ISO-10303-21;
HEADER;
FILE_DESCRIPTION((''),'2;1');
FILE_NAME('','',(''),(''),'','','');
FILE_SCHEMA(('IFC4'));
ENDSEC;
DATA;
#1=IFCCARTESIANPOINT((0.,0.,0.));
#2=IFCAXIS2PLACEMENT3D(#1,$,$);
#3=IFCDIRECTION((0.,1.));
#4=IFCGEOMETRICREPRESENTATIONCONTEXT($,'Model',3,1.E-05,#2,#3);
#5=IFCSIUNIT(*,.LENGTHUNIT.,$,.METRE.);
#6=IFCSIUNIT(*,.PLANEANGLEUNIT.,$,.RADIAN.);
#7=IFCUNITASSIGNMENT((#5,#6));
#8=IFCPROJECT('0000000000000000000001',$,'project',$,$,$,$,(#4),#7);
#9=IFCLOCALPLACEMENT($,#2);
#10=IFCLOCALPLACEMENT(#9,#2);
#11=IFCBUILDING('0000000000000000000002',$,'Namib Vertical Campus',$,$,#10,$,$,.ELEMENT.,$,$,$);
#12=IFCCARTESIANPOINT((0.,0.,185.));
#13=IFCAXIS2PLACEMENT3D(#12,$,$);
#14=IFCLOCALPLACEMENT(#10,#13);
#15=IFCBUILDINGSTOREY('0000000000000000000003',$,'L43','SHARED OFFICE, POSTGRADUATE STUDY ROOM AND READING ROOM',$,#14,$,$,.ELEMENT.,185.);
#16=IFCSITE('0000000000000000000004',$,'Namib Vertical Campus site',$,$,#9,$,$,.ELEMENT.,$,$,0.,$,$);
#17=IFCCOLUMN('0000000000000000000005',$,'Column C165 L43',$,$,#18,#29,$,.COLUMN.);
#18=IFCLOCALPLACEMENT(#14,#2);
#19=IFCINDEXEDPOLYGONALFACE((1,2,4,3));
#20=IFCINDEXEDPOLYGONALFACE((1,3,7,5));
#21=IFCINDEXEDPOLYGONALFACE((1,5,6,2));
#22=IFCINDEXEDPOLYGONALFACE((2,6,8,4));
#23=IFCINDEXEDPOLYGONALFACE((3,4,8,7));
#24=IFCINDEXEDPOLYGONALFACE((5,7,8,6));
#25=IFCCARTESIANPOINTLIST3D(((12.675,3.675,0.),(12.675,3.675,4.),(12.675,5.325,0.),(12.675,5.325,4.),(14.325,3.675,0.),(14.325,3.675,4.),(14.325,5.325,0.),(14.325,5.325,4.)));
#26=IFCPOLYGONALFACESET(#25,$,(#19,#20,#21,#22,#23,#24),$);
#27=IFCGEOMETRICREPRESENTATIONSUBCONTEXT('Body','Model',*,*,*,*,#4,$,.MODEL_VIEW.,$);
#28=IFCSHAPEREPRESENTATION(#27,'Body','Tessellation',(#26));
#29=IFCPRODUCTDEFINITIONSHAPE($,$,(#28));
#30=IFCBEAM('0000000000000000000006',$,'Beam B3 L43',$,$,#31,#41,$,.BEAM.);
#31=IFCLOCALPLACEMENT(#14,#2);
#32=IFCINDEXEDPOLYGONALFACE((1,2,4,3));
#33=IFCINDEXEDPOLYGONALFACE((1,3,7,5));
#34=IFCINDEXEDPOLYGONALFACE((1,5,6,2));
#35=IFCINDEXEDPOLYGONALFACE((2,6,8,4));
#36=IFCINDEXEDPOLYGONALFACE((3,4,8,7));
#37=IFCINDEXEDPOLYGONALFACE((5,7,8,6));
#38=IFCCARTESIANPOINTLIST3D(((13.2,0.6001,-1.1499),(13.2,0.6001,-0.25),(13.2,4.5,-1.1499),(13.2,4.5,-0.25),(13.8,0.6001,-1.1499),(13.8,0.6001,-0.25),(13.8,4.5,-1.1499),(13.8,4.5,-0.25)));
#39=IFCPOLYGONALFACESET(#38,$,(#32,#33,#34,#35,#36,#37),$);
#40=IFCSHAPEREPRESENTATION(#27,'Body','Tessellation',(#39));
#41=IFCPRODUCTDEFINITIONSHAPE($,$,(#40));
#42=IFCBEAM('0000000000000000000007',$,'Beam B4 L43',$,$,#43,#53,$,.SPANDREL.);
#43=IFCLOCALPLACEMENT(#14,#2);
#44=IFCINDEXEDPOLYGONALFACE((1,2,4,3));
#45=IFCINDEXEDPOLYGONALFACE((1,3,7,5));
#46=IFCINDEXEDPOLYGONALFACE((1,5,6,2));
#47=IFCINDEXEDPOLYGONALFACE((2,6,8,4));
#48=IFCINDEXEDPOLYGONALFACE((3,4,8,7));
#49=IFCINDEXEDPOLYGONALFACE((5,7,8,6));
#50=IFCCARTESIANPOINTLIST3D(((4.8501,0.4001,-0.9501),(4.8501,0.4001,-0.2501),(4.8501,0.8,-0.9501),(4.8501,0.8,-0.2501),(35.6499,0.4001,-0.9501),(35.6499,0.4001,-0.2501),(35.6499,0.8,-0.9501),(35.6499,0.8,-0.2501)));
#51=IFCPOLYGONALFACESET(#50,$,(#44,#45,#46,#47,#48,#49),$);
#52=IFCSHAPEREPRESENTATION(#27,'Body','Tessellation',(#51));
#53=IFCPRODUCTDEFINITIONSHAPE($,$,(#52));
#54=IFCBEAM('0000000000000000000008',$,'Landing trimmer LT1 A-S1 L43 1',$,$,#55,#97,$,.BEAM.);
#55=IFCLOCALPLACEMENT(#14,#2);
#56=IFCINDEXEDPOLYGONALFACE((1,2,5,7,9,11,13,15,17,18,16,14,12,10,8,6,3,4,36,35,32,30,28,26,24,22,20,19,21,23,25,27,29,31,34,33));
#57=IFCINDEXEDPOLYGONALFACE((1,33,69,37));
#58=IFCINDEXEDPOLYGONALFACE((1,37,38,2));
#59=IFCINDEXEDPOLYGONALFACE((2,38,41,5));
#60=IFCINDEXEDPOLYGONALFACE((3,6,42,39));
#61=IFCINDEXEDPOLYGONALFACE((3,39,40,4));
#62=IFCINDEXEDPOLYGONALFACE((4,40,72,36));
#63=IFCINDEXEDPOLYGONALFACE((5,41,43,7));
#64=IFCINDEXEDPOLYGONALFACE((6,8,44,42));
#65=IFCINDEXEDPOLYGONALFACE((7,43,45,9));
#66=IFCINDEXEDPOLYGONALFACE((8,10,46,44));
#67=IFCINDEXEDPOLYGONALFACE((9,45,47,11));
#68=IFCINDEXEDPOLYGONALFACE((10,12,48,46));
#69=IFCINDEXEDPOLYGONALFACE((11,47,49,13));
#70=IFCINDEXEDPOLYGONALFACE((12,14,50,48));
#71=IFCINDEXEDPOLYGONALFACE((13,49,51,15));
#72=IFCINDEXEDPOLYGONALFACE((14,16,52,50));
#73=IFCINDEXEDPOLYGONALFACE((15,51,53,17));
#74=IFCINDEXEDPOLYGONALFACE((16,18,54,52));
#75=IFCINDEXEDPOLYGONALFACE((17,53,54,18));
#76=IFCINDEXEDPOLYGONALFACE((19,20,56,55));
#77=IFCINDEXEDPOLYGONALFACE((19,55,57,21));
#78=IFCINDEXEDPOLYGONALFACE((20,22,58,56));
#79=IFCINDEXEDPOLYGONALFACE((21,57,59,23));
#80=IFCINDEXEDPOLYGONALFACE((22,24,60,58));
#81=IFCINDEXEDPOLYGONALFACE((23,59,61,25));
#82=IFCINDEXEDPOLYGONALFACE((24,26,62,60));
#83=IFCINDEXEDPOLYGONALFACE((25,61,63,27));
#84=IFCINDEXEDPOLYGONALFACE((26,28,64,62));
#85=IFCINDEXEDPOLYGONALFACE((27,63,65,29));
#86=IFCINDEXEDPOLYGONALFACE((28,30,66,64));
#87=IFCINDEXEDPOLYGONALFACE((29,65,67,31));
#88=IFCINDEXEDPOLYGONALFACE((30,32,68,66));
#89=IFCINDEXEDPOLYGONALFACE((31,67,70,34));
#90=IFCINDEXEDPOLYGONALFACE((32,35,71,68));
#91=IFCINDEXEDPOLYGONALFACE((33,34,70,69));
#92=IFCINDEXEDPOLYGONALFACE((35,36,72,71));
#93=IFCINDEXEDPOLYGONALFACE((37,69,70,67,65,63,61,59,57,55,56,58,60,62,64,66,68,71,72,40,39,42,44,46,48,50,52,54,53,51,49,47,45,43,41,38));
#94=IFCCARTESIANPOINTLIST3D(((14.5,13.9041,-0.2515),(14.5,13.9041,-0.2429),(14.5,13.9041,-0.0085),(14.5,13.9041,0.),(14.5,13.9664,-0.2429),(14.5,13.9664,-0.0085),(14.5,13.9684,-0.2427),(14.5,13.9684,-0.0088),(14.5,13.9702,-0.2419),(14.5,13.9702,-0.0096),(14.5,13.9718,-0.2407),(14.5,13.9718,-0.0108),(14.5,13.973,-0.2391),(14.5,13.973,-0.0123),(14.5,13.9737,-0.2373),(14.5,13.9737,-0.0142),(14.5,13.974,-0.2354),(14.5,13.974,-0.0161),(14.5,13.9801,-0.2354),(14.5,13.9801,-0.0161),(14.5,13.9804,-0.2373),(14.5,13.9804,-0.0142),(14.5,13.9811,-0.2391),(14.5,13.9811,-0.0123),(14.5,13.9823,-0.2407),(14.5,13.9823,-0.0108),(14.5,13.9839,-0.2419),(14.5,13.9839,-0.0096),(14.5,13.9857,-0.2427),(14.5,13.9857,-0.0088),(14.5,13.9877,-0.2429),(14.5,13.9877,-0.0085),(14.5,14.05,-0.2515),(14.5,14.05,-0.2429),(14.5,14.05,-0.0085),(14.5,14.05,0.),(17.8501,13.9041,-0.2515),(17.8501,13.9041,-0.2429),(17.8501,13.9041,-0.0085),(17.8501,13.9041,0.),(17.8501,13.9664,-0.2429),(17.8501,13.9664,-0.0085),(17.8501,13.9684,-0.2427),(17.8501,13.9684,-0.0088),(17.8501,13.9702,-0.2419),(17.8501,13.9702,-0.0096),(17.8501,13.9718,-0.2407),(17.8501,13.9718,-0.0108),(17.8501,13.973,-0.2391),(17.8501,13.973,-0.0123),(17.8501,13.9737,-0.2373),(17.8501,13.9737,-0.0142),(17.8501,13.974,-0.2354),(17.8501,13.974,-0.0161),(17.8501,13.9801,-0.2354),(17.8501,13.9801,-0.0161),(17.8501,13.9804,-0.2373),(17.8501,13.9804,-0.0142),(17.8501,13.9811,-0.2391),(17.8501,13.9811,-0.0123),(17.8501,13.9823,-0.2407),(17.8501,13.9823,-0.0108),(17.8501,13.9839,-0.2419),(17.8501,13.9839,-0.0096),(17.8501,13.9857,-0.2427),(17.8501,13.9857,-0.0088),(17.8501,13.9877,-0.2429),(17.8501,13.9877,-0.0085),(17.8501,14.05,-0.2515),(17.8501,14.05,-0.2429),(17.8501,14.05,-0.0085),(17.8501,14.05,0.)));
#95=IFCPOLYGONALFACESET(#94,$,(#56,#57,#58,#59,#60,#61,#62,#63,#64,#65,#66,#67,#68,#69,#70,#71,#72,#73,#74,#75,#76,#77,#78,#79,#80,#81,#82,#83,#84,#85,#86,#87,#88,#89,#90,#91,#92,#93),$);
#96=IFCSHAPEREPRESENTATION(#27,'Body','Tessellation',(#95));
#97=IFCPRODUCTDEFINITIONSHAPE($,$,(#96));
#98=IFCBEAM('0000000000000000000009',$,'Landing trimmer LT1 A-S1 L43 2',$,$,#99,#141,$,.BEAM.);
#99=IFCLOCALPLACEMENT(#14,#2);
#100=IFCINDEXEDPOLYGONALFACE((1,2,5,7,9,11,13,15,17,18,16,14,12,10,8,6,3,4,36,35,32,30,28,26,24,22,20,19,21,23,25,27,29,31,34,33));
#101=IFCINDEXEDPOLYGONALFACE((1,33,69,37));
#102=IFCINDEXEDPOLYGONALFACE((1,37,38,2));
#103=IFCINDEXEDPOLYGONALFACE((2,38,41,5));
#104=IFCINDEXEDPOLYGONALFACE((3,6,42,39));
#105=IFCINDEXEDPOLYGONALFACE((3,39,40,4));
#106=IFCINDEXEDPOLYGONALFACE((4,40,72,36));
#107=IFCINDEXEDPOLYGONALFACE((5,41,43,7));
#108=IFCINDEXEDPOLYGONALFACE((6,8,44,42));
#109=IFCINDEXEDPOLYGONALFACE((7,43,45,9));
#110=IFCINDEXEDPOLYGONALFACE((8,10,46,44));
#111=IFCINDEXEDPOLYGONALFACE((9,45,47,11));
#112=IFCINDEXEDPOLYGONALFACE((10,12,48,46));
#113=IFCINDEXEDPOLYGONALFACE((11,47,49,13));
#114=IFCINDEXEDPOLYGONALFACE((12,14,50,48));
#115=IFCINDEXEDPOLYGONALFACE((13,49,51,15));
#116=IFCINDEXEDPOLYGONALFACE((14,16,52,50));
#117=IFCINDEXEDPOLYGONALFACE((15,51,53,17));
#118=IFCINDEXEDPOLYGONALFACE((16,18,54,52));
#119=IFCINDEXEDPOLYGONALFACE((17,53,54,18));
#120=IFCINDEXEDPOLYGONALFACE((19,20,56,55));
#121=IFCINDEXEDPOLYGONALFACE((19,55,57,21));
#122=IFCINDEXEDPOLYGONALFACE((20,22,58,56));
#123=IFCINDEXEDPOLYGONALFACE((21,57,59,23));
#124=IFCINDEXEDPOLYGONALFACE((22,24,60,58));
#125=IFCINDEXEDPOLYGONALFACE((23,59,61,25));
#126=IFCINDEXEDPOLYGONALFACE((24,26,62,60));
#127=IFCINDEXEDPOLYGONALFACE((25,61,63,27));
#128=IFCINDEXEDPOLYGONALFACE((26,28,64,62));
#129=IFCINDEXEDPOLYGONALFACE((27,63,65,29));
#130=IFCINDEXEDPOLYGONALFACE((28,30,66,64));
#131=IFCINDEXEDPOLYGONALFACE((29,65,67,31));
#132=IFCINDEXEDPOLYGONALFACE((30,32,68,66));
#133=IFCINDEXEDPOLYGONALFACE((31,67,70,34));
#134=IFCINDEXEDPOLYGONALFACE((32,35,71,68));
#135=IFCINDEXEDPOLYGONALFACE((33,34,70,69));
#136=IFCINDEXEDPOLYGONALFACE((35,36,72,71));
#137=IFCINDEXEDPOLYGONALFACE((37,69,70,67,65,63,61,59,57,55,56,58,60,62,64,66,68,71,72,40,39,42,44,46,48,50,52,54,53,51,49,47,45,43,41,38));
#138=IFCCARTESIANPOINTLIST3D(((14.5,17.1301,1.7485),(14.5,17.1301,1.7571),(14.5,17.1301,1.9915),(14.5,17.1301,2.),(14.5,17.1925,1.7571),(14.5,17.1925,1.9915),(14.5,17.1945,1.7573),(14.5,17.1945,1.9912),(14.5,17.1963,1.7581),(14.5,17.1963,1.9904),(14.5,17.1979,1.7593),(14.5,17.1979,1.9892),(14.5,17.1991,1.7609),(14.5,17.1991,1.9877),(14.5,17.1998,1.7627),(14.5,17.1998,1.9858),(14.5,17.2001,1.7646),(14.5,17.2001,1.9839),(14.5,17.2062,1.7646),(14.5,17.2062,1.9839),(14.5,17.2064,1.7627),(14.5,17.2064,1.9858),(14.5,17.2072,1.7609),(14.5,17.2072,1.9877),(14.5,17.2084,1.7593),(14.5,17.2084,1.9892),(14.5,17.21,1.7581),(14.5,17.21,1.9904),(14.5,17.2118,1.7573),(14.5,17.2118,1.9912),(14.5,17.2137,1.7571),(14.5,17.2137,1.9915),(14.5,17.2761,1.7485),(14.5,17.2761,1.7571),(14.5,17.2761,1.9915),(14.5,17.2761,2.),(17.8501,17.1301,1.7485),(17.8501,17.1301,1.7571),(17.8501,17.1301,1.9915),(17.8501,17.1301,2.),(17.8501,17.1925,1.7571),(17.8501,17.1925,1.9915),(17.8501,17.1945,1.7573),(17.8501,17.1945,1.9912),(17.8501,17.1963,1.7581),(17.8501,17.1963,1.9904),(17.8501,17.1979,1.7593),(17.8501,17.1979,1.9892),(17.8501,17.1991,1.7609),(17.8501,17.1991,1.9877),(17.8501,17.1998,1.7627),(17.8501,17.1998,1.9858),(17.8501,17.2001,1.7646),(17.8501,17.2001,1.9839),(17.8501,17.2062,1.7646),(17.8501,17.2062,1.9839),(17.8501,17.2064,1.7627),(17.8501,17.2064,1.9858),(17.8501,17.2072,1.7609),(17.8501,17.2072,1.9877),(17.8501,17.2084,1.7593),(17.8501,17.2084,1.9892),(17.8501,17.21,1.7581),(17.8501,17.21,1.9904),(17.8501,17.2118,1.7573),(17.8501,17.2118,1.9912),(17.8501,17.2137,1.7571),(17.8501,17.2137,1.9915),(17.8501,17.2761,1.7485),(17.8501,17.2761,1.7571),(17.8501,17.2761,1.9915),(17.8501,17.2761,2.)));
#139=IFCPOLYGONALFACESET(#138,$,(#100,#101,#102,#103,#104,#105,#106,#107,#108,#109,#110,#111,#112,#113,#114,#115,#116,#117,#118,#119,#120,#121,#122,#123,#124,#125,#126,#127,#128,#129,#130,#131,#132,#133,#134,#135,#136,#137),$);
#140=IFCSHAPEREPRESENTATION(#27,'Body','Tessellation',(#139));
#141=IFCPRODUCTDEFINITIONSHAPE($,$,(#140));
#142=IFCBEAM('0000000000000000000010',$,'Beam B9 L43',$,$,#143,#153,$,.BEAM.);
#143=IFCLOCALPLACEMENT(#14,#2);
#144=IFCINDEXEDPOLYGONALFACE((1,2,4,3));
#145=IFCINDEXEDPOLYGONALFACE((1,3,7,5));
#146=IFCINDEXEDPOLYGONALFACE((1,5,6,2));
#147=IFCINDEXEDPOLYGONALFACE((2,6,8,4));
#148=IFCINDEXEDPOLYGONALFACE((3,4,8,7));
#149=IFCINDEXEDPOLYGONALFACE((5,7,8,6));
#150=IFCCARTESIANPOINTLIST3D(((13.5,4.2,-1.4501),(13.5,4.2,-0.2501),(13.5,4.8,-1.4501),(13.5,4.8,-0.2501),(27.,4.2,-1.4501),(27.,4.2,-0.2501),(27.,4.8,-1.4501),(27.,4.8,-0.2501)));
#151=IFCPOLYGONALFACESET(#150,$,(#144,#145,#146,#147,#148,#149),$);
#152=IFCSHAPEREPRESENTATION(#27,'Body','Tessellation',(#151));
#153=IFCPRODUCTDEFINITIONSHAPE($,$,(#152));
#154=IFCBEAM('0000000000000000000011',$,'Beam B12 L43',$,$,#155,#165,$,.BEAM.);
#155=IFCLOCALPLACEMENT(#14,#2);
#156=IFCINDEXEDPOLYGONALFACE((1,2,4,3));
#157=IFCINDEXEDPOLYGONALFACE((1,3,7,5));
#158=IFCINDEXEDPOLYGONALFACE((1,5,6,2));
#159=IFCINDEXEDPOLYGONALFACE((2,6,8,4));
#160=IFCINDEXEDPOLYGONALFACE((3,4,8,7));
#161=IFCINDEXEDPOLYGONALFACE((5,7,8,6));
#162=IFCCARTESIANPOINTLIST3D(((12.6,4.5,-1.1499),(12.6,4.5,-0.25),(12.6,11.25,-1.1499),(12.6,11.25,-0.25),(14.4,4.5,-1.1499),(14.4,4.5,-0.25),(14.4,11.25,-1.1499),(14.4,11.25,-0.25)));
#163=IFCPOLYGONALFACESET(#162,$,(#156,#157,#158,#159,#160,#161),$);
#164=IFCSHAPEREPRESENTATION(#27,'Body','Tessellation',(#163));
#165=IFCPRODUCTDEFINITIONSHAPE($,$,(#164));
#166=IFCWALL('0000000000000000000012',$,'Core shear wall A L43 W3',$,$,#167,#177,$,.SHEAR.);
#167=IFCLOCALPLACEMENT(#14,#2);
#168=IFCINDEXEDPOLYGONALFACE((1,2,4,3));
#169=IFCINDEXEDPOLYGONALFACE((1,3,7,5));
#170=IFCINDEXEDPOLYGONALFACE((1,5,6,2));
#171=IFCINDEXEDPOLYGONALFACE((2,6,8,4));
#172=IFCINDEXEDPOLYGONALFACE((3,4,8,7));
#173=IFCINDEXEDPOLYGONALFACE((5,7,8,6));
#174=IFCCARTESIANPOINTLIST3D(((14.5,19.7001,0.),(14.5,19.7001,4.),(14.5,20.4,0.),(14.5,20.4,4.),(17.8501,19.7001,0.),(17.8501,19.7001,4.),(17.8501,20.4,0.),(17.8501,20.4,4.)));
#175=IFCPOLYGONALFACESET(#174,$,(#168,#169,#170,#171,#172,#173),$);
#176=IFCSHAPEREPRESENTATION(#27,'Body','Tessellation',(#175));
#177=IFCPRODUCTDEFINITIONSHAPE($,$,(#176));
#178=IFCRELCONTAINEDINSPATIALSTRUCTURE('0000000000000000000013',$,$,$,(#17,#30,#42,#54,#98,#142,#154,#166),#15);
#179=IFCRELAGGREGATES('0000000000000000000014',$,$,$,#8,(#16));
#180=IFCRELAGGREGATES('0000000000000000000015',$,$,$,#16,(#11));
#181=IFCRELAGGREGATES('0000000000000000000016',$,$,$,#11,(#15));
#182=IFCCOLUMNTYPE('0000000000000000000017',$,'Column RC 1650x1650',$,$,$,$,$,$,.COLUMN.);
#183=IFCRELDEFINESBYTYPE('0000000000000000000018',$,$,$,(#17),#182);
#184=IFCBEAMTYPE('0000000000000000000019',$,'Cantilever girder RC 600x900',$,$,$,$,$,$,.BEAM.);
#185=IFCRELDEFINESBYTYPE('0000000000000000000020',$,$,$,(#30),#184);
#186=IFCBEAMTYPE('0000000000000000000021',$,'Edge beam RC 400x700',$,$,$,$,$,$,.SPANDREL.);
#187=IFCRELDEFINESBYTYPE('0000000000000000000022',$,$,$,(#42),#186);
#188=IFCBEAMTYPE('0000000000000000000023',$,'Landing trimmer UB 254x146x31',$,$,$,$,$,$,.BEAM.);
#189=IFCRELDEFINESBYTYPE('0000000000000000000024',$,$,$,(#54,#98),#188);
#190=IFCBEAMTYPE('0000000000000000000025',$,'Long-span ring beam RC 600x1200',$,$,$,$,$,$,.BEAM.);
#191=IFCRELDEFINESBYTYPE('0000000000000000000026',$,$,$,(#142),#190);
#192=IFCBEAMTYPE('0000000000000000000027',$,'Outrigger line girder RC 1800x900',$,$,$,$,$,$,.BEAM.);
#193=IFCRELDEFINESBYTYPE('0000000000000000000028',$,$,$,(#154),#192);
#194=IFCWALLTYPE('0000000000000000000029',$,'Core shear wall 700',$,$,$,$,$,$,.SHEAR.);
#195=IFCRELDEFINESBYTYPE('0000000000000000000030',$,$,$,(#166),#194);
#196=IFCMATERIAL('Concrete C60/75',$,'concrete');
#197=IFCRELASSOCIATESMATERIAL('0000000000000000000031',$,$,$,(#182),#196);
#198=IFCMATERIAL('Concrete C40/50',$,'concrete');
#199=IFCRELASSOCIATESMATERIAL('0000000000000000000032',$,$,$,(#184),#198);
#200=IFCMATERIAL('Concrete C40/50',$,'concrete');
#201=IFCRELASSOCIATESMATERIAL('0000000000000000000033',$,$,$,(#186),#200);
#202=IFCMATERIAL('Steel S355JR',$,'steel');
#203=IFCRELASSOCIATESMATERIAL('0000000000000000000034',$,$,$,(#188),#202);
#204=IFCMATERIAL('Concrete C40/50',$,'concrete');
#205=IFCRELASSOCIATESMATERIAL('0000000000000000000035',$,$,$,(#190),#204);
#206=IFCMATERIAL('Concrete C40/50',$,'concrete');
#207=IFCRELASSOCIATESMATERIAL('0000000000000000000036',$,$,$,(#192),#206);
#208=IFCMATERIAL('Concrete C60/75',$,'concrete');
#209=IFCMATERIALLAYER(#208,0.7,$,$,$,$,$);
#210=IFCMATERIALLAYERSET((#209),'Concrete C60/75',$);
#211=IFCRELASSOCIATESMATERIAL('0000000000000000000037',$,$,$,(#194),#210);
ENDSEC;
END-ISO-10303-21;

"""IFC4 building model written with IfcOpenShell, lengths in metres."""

from ifc_helpers import new_model, si_unit, direction, frame, frame_2d, origin, origin_2d, place, context, subcontext, project, spatial, rectangle, i_section, extrude, material, layer, layer_set, material_profile, profile_set, type_object, element, save


model = new_model("IFC4")

# Units and contexts
model_context = context("Model", 3, precision=1e-05, world=origin(), true_north=direction((0.0, 1.0)))
body_context = subcontext(model_context, "Body", "Model", "MODEL_VIEW")
ifc_project = project(units=[si_unit("LENGTHUNIT", "METRE"), si_unit("PLANEANGLEUNIT", "RADIAN")], contexts=[model_context])

# Site, building, storey
site_placement = place(None, origin())
site = spatial("IfcSite", under=ifc_project, at=site_placement, Name="Namib Vertical Campus site", CompositionType="ELEMENT", RefElevation=0.0)
building_placement = place(site_placement, origin())
building = spatial("IfcBuilding", under=site, at=building_placement, Name="Namib Vertical Campus", CompositionType="ELEMENT")
storey_placement = place(building_placement, frame((0.0, 0.0, 185.0)))
storey = spatial("IfcBuildingStorey", under=building, at=storey_placement, Name="L43", Description="SHARED OFFICE, POSTGRADUATE STUDY ROOM AND READING ROOM", CompositionType="ELEMENT", Elevation=185.0)

# Column
ifc_material_1 = material(Name="Concrete C60/75", Category="concrete")
ifc_material_profile_1 = material_profile(ifc_material_1, rectangle(XDim=1.6499, YDim=1.6499, at=origin_2d()))
ifc_profile_set_1 = profile_set([ifc_material_profile_1], Name="Concrete C60/75")
column_type = type_object("IfcColumnType", Name="Column RC 1650x1650", PredefinedType="COLUMN", material=ifc_profile_set_1)
column_placement = place(storey_placement, frame((13.5, 4.5, 0.0), z_axis=(0.0, 0.0, 1.0), x_axis=(1.0, 0.0, 0.0)))
element("IfcColumn", 1, at=column_placement, inside=storey, type_object=column_type, Name="Column C165 L43", PredefinedType="COLUMN", context=body_context, shape_type="SweptSolid", body=[
    extrude(rectangle(XDim=1.6499, YDim=1.6499, at=origin_2d()), origin(), (0.0, 0.0, 1.0), 4.0),
])

# Beams
ifc_material_2 = material(Name="Concrete C40/50", Category="concrete")
ifc_material_profile_2 = material_profile(ifc_material_2, rectangle(XDim=0.6001, YDim=0.8999, at=origin_2d()))
ifc_profile_set_2 = profile_set([ifc_material_profile_2], Name="Concrete C40/50")
beam_type_1 = type_object("IfcBeamType", Name="Cantilever girder RC 600x900", PredefinedType="BEAM", material=ifc_profile_set_2)
beam_1_placement = place(storey_placement, frame((13.5, 4.5, -0.7), z_axis=(0.0, -1.0, 0.0), x_axis=(1.0, 0.0, 0.0)))
element("IfcBeam", 2, at=beam_1_placement, inside=storey, type_object=beam_type_1, Name="Beam B3 L43", PredefinedType="BEAM", context=body_context, shape_type="SweptSolid", body=[
    extrude(rectangle(XDim=0.6001, YDim=0.8999, at=origin_2d()), origin(), (0.0, 0.0, 1.0), 3.8999),
])
ifc_material_3 = material(Name="Concrete C40/50", Category="concrete")
ifc_material_profile_3 = material_profile(ifc_material_3, rectangle(XDim=0.3999, YDim=0.7, at=origin_2d()))
ifc_profile_set_3 = profile_set([ifc_material_profile_3], Name="Concrete C40/50")
beam_type_2 = type_object("IfcBeamType", Name="Edge beam RC 400x700", PredefinedType="SPANDREL", material=ifc_profile_set_3)
beam_2_placement = place(storey_placement, frame((4.8501, 0.6001, -0.6001), z_axis=(1.0, 0.0, 0.0), x_axis=(0.0, 1.0, 0.0)))
element("IfcBeam", 3, at=beam_2_placement, inside=storey, type_object=beam_type_2, Name="Beam B4 L43", PredefinedType="SPANDREL", context=body_context, shape_type="SweptSolid", body=[
    extrude(rectangle(XDim=0.3999, YDim=0.7, at=origin_2d()), origin(), (0.0, 0.0, 1.0), 30.7998),
])
ifc_material_4 = material(Name="Steel S355JR", Category="steel")
ifc_material_profile_4 = material_profile(ifc_material_4, i_section(OverallWidth=0.146, OverallDepth=0.2515, WebThickness=0.0061, FlangeThickness=0.0085, FilletRadius=0.0076, at=origin_2d()))
ifc_profile_set_4 = profile_set([ifc_material_profile_4], Name="Steel S355JR")
beam_type_3 = type_object("IfcBeamType", Name="Landing trimmer UB 254x146x31", PredefinedType="BEAM", material=ifc_profile_set_4)
for number, where, z_axis, x_axis, name in (
    (4, (14.5, 13.9771, -0.1257), (1.0, 0.0, 0.0), (0.0, 1.0, 0.0), "Landing trimmer LT1 A-S1 L43 1"),
    (5, (14.5, 17.2031, 1.8743), (1.0, 0.0, 0.0), (0.0, 1.0, 0.0), "Landing trimmer LT1 A-S1 L43 2"),
):
    element("IfcBeam", number, at=place(storey_placement, frame(where, z_axis=z_axis, x_axis=x_axis)), inside=storey, type_object=beam_type_3, Name=name, PredefinedType="BEAM", context=body_context, shape_type="SweptSolid", body=[
        extrude(i_section(OverallWidth=0.146, OverallDepth=0.2515, WebThickness=0.0061, FlangeThickness=0.0085, FilletRadius=0.0076, at=origin_2d()), origin(), (0.0, 0.0, 1.0), 3.3501),
    ])
ifc_material_5 = material(Name="Concrete C40/50", Category="concrete")
ifc_material_profile_5 = material_profile(ifc_material_5, rectangle(XDim=0.6001, YDim=1.2, at=origin_2d()))
ifc_profile_set_5 = profile_set([ifc_material_profile_5], Name="Concrete C40/50")
beam_type_4 = type_object("IfcBeamType", Name="Long-span ring beam RC 600x1200", PredefinedType="BEAM", material=ifc_profile_set_5)
beam_3_placement = place(storey_placement, frame((13.5, 4.5, -0.8501), z_axis=(1.0, 0.0, 0.0), x_axis=(0.0, 1.0, 0.0)))
element("IfcBeam", 6, at=beam_3_placement, inside=storey, type_object=beam_type_4, Name="Beam B9 L43", PredefinedType="BEAM", context=body_context, shape_type="SweptSolid", body=[
    extrude(rectangle(XDim=0.6001, YDim=1.2, at=origin_2d()), origin(), (0.0, 0.0, 1.0), 13.5),
])
ifc_material_6 = material(Name="Concrete C40/50", Category="concrete")
ifc_material_profile_6 = material_profile(ifc_material_6, rectangle(XDim=1.8, YDim=0.8999, at=origin_2d()))
ifc_profile_set_6 = profile_set([ifc_material_profile_6], Name="Concrete C40/50")
beam_type_5 = type_object("IfcBeamType", Name="Outrigger line girder RC 1800x900", PredefinedType="BEAM", material=ifc_profile_set_6)
beam_4_placement = place(storey_placement, frame((13.5, 4.5, -0.7), z_axis=(0.0, 1.0, 0.0), x_axis=(-1.0, 0.0, 0.0)))
element("IfcBeam", 7, at=beam_4_placement, inside=storey, type_object=beam_type_5, Name="Beam B12 L43", PredefinedType="BEAM", context=body_context, shape_type="SweptSolid", body=[
    extrude(rectangle(XDim=1.8, YDim=0.8999, at=origin_2d()), origin(), (0.0, 0.0, 1.0), 6.75),
])

# Wall
ifc_material_7 = material(Name="Concrete C60/75", Category="concrete")
ifc_layer_1 = layer(ifc_material_7, 0.7)
ifc_layer_set_1 = layer_set([ifc_layer_1], Name="Concrete C60/75")
wall_type_1 = type_object("IfcWallType", Name="Core shear wall 700", PredefinedType="SHEAR", material=ifc_layer_set_1)
wall_1_placement = place(storey_placement, frame((14.5, 20.05, 0.0), z_axis=(0.0, 0.0, 1.0), x_axis=(1.0, 0.0, 0.0)))
element("IfcWall", 8, at=wall_1_placement, inside=storey, type_object=wall_type_1, Name="Core shear wall A L43 W3", PredefinedType="SHEAR", context=body_context, shape_type="SweptSolid", body=[
    extrude(rectangle(XDim=3.3501, YDim=0.7, at=frame_2d((1.675, 0.0))), origin(), (0.0, 0.0, 1.0), 4.0),
])

save(model, "model.ifc")
